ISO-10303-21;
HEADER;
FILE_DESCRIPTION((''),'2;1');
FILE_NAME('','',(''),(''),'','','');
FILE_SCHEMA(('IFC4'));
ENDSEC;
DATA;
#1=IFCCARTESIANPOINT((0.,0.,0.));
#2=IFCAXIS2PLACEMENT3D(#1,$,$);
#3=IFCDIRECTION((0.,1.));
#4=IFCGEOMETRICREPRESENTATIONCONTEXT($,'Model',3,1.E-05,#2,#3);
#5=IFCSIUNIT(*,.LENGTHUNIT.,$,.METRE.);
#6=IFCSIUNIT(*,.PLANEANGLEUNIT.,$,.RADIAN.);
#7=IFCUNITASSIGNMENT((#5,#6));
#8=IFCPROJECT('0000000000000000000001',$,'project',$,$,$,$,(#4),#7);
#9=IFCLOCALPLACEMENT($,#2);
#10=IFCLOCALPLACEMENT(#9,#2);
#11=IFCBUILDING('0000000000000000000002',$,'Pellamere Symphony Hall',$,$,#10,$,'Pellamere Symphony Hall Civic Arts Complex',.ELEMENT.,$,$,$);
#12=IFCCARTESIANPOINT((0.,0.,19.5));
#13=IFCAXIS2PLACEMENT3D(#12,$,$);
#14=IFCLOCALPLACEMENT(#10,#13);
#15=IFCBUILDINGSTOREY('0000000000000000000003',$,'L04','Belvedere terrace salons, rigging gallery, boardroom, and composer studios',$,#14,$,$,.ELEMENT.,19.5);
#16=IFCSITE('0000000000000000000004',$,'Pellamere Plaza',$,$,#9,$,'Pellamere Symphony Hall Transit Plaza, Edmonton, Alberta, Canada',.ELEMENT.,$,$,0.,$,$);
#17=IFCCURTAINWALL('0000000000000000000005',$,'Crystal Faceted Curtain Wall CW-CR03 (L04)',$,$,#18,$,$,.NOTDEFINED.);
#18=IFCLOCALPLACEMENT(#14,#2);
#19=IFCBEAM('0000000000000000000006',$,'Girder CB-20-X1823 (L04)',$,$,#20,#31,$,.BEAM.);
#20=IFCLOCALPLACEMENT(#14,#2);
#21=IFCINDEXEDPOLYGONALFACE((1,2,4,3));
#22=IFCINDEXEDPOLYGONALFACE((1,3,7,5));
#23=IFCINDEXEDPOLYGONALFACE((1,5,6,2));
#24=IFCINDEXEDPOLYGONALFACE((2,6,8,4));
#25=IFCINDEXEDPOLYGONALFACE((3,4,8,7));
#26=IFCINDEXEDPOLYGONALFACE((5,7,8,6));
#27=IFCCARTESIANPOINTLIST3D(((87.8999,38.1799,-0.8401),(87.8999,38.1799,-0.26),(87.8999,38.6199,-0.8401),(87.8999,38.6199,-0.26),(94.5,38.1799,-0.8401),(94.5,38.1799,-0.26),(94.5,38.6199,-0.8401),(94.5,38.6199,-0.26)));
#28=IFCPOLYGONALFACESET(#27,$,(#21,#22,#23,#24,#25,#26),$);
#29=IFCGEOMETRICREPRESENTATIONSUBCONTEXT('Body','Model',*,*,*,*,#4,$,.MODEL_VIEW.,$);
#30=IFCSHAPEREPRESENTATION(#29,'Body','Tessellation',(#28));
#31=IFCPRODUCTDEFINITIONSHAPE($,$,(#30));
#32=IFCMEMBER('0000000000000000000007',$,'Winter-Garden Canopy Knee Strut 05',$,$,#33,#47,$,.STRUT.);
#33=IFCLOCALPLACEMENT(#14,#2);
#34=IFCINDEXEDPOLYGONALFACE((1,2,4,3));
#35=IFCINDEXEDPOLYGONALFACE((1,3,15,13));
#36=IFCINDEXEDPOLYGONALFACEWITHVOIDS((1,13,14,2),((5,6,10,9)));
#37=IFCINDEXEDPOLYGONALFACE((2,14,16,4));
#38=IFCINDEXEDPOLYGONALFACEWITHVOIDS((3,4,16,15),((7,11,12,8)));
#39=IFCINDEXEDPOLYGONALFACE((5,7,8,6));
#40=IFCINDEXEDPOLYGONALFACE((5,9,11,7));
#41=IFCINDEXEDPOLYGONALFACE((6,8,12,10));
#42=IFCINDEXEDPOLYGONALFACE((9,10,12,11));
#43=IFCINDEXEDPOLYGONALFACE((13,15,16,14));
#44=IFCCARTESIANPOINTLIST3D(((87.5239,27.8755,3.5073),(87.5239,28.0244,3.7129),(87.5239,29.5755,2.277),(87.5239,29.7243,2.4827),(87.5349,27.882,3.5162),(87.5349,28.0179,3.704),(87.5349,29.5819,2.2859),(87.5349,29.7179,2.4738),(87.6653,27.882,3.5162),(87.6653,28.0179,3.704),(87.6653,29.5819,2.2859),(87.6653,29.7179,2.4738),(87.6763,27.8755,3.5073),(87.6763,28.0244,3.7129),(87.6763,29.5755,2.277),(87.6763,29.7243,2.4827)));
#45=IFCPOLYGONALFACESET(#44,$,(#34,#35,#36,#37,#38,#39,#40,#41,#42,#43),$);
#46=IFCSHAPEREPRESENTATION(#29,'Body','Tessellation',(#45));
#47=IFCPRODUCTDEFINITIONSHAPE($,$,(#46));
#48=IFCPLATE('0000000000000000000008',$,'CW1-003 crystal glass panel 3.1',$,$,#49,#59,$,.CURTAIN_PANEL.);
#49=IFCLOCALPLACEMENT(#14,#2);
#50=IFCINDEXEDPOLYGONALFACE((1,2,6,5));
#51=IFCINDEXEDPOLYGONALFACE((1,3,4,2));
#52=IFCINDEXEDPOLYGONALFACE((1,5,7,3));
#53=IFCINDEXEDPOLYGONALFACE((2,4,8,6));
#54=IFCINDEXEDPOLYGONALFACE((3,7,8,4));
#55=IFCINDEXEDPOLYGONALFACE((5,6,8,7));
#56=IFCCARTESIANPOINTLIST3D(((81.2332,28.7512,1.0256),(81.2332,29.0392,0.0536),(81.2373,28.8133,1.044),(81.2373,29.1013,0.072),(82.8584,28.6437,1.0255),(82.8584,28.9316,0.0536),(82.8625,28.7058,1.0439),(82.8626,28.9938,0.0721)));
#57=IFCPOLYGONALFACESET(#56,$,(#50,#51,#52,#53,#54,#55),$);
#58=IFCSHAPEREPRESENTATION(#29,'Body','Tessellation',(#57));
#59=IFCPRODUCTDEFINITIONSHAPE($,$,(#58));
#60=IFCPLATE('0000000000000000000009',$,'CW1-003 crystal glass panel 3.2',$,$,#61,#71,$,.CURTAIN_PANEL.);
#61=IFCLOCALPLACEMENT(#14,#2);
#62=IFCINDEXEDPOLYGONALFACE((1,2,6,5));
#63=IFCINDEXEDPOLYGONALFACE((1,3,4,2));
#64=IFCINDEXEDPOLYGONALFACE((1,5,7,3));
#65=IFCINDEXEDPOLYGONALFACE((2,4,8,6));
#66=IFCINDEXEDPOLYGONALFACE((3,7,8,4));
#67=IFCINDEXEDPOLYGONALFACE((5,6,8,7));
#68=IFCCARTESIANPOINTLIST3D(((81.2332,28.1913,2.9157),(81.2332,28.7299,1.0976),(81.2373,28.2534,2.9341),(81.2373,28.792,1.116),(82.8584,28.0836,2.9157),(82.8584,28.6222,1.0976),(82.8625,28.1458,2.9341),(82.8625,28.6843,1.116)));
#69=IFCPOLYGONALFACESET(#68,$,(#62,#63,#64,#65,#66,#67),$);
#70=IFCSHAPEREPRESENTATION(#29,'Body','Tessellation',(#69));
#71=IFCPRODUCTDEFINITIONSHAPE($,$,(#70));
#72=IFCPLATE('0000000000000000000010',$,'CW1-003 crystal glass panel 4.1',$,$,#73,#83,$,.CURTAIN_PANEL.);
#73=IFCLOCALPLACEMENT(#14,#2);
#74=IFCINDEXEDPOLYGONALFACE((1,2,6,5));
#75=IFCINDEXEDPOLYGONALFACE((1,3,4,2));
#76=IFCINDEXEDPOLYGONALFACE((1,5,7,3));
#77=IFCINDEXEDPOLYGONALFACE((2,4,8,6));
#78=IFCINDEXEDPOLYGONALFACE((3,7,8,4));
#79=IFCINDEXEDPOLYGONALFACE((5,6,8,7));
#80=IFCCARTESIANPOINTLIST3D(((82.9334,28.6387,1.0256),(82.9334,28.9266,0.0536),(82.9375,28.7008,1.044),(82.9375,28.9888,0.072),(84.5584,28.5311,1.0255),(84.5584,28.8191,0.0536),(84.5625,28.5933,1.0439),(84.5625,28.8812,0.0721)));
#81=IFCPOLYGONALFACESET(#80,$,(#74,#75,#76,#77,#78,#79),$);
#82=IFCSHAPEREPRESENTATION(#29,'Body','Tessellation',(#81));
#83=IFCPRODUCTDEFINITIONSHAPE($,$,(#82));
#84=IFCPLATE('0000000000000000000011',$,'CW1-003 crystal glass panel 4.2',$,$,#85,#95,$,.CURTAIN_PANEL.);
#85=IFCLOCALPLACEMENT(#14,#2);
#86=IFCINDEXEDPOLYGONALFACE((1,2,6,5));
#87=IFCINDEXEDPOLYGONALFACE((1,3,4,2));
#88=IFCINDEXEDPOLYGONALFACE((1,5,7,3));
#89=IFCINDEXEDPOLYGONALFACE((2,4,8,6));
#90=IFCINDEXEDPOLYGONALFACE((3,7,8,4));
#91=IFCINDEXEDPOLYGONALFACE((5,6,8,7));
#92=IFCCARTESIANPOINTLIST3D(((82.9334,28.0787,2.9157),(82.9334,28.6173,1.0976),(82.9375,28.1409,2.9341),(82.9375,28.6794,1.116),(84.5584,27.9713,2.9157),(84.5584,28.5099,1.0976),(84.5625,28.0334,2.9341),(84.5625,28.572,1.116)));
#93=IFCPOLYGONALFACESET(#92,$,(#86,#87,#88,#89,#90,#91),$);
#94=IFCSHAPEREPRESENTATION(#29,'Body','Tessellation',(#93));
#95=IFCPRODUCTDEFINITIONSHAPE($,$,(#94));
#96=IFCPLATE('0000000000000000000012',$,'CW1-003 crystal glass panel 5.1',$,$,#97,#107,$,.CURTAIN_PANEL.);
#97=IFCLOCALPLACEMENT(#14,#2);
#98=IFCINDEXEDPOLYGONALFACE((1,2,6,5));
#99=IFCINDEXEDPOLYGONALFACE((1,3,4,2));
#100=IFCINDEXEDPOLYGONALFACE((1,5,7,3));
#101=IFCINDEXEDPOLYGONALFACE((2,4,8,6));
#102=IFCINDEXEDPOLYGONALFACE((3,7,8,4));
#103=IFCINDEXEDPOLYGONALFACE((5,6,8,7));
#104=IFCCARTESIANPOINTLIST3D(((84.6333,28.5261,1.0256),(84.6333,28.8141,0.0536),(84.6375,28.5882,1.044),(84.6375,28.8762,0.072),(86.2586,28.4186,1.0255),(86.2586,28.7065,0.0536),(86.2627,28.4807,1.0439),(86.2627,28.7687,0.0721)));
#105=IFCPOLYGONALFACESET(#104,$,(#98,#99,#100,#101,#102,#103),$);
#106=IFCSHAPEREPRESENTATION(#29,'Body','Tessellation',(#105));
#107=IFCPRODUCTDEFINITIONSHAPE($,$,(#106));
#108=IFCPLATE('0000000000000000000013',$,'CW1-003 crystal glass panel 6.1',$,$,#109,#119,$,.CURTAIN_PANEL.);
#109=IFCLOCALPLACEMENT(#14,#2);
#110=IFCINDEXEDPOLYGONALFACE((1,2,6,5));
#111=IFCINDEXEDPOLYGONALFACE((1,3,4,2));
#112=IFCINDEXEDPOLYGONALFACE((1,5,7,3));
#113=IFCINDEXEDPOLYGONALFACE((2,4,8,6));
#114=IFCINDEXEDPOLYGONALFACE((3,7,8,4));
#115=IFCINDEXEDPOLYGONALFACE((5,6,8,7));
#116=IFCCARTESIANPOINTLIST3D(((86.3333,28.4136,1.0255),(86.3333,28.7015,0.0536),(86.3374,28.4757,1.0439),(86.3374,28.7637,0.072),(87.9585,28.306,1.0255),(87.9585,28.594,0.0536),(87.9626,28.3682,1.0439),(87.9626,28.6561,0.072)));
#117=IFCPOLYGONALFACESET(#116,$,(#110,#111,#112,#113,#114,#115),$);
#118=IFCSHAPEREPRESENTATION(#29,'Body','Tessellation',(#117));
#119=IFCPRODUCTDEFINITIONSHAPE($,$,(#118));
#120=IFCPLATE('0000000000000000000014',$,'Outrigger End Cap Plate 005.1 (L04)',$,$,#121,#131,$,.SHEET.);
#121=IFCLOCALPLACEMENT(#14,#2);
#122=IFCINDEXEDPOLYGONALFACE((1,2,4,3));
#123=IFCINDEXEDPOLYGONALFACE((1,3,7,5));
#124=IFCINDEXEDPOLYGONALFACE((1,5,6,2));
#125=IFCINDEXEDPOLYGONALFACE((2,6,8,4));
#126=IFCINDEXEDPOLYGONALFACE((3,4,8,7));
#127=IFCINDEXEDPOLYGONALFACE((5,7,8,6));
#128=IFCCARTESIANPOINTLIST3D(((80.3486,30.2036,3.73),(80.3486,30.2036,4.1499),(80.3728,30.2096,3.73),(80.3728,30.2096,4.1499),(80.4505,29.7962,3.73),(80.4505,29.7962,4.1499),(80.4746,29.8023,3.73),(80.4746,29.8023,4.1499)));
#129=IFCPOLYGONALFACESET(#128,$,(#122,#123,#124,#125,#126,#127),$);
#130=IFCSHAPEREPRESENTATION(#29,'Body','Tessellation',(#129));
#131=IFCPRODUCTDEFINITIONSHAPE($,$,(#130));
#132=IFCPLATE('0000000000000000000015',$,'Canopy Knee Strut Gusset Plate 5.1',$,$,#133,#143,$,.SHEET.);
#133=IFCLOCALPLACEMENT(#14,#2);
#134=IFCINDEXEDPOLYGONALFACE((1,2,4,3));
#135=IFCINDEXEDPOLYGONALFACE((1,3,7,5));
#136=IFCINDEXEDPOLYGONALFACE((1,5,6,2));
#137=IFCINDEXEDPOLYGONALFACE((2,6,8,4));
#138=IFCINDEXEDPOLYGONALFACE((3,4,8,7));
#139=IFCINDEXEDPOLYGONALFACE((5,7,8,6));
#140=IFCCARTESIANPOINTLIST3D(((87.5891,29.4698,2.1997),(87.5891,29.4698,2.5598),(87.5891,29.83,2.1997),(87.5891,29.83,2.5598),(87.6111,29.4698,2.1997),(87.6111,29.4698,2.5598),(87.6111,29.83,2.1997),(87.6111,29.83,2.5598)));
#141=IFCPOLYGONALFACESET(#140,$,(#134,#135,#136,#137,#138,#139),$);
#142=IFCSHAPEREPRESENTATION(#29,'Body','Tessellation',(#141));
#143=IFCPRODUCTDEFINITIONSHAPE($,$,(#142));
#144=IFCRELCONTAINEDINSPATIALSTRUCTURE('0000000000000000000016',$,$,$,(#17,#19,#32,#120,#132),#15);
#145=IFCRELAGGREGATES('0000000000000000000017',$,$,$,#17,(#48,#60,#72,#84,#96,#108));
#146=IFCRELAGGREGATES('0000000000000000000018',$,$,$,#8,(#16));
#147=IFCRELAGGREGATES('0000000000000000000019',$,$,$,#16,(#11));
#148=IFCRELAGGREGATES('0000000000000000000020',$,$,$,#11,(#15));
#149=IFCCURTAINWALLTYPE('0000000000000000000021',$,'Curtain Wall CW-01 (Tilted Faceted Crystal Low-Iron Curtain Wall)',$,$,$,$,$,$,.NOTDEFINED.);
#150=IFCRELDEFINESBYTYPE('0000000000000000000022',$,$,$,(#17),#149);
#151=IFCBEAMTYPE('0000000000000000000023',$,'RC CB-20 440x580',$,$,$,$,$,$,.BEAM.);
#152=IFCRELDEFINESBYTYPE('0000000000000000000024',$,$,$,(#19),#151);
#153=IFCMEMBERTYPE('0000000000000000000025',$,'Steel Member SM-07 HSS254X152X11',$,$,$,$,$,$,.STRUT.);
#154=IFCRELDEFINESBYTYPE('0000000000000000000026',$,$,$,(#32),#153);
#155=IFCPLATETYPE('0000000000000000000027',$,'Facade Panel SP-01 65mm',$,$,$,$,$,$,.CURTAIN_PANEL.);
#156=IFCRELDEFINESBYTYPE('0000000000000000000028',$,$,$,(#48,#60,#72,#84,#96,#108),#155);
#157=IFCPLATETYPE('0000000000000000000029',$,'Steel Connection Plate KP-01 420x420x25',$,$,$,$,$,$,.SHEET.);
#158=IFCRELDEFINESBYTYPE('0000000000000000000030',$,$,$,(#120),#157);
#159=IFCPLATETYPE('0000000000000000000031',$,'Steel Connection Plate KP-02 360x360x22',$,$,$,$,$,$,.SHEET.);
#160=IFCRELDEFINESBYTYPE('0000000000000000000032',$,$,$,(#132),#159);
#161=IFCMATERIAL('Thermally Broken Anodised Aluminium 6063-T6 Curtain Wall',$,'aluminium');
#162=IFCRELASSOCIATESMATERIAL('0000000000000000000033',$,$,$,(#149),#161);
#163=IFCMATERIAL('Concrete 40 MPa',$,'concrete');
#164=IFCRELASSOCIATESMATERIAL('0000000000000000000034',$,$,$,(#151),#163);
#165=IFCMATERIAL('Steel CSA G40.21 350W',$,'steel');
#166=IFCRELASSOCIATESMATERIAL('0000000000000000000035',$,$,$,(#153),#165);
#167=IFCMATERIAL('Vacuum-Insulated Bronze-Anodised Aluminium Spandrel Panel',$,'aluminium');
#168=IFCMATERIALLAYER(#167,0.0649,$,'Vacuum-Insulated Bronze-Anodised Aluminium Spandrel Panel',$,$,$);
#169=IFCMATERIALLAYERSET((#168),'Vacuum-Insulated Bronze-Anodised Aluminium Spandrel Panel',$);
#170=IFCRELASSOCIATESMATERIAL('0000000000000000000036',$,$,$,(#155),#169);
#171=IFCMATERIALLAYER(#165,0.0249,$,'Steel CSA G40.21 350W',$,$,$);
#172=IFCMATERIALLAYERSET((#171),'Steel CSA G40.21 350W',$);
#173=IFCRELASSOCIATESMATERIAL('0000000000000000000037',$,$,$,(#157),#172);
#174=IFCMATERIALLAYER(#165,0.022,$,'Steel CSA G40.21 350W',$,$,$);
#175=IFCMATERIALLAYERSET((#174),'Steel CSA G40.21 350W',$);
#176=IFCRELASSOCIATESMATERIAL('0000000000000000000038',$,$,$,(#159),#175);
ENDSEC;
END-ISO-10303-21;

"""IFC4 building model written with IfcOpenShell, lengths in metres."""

from ifc_helpers import new_model, si_unit, direction, frame, origin, origin_2d, place, context, subcontext, project, spatial, polyline, rectangle, hollow_rectangle, outline, extrude, material, layer, layer_set, material_profile, profile_set, type_object, element, aggregate, save


model = new_model("IFC4")

# Units and contexts
model_context = context("Model", 3, precision=1e-05, world=origin(), true_north=direction((0.0, 1.0)))
body_context = subcontext(model_context, "Body", "Model", "MODEL_VIEW")
ifc_project = project(units=[si_unit("LENGTHUNIT", "METRE"), si_unit("PLANEANGLEUNIT", "RADIAN")], contexts=[model_context])

# Site, building, storey
site_placement = place(None, origin())
site = spatial("IfcSite", under=ifc_project, at=site_placement, Name="Pellamere Plaza", LongName="Pellamere Symphony Hall Transit Plaza, Edmonton, Alberta, Canada", CompositionType="ELEMENT", RefElevation=0.0)
building_placement = place(site_placement, origin())
building = spatial("IfcBuilding", under=site, at=building_placement, Name="Pellamere Symphony Hall", LongName="Pellamere Symphony Hall Civic Arts Complex", CompositionType="ELEMENT")
storey_placement = place(building_placement, frame((0.0, 0.0, 19.5)))
storey = spatial("IfcBuildingStorey", under=building, at=storey_placement, Name="L04", Description="Belvedere terrace salons, rigging gallery, boardroom, and composer studios", CompositionType="ELEMENT", Elevation=19.5)

# Shared definitions
ifc_material_1 = material(Name="Concrete 40 MPa", Category="concrete")

# Curtain wall
ifc_material_2 = material(Name="Thermally Broken Anodised Aluminium 6063-T6 Curtain Wall", Category="aluminium")
curtain_wall_type = type_object("IfcCurtainWallType", Name="Curtain Wall CW-01 (Tilted Faceted Crystal Low-Iron Curtain Wall)", PredefinedType="NOTDEFINED", material=ifc_material_2)
curtain_wall_placement = place(storey_placement, origin())
curtain_wall = element("IfcCurtainWall", 1, at=curtain_wall_placement, inside=storey, type_object=curtain_wall_type, Name="Crystal Faceted Curtain Wall CW-CR03 (L04)", PredefinedType="NOTDEFINED")

# Beam
ifc_material_profile_1 = material_profile(ifc_material_1, rectangle(XDim=0.4399, YDim=0.5801, at=origin_2d()), Name="RC 440x580")
ifc_profile_set_1 = profile_set([ifc_material_profile_1], Name="Concrete 40 MPa")
beam_type_1 = type_object("IfcBeamType", Name="RC CB-20 440x580", PredefinedType="BEAM", material=ifc_profile_set_1)
for number, where, z_axis, x_axis, name in (
    (2, (87.8999, 38.3999, -0.55), (1.0, 0.0, 0.0), (0.0, 1.0, 0.0), "Girder CB-20-X1823 (L04)"),
):
    element("IfcBeam", number, at=place(storey_placement, frame(where, z_axis=z_axis, x_axis=x_axis)), inside=storey, type_object=beam_type_1, Name=name, PredefinedType="BEAM", context=body_context, shape_type="SweptSolid", body=[
        extrude(rectangle(XDim=0.4399, YDim=0.5801, at=origin_2d()), origin(), (0.0, 0.0, 1.0), 6.6001),
    ])

# Member
ifc_material_3 = material(Name="Steel CSA G40.21 350W", Category="steel")
ifc_material_profile_2 = material_profile(ifc_material_3, hollow_rectangle(XDim=0.1523, YDim=0.2539, WallThickness=0.011, at=origin_2d()), Name="HSS254X152X11")
ifc_profile_set_2 = profile_set([ifc_material_profile_2], Name="Steel CSA G40.21 350W")
member_type_1 = type_object("IfcMemberType", Name="Steel Member SM-07 HSS254X152X11", PredefinedType="STRUT", material=ifc_profile_set_2)
member_1_placement = place(storey_placement, frame((87.6001, 29.6499, 2.3799), z_axis=(0.0, -0.810117, 0.586268), x_axis=(1.0, 0.0, 0.0)))
element("IfcMember", 3, at=member_1_placement, inside=storey, type_object=member_type_1, Name="Winter-Garden Canopy Knee Strut 05", PredefinedType="STRUT", context=body_context, shape_type="SweptSolid", body=[
    extrude(hollow_rectangle(XDim=0.1523, YDim=0.2539, WallThickness=0.011, at=origin_2d()), origin(), (0.0, 0.0, 1.0), 2.0984),
])

# Plates
ifc_material_4 = material(Name="Vacuum-Insulated Bronze-Anodised Aluminium Spandrel Panel", Category="aluminium")
ifc_layer_1 = layer(ifc_material_4, 0.0649, Name="Vacuum-Insulated Bronze-Anodised Aluminium Spandrel Panel")
ifc_layer_set_1 = layer_set([ifc_layer_1], Name="Vacuum-Insulated Bronze-Anodised Aluminium Spandrel Panel")
plate_type_1 = type_object("IfcPlateType", Name="Facade Panel SP-01 65mm", PredefinedType="CURTAIN_PANEL", material=ifc_layer_set_1)
plate_1_placement = place(storey_placement, frame((81.2373, 29.1013, 0.072), z_axis=(0.063318, 0.956878, 0.283506), x_axis=(0.997817, -0.066033, 0.00002)))
plate_1 = element("IfcPlate", 4, at=plate_1_placement, type_object=plate_type_1, Name="CW1-003 crystal glass panel 3.1", PredefinedType="CURTAIN_PANEL", context=body_context, shape_type="SweptSolid", body=[
    extrude(outline(polyline([(0.0, 0.0), (1.6288, 0.0), (1.6478, -1.0135), (0.019, -1.0135), (0.0, 0.0)])), origin(), (0.0, 0.0, -1.0), 0.0649),
])
plate_2_placement = place(storey_placement, frame((81.2373, 28.792, 1.116), z_axis=(0.06339, 0.956888, 0.283456), x_axis=(0.997813, -0.066101, 0.0)))
plate_2 = element("IfcPlate", 5, at=plate_2_placement, type_object=plate_type_1, Name="CW1-003 crystal glass panel 3.2", PredefinedType="CURTAIN_PANEL", context=body_context, shape_type="SweptSolid", body=[
    extrude(outline(polyline([(0.0, 0.0), (1.6288, 0.0), (1.6644, -1.8959), (0.0356, -1.8959), (0.0, 0.0)])), origin(), (0.0, 0.0, -1.0), 0.0649),
])
plate_3_placement = place(storey_placement, frame((82.9375, 28.9888, 0.072), z_axis=(0.063327, 0.956877, 0.283506), x_axis=(0.997817, -0.066042, 0.00002)))
plate_3 = element("IfcPlate", 6, at=plate_3_placement, type_object=plate_type_1, Name="CW1-003 crystal glass panel 4.1", PredefinedType="CURTAIN_PANEL", context=body_context, shape_type="SweptSolid", body=[
    extrude(outline(polyline([(0.0, 0.0), (1.6286, 0.0), (1.6476, -1.0135), (0.019, -1.0135), (0.0, 0.0)])), origin(), (0.0, 0.0, -1.0), 0.0649),
])
plate_4_placement = place(storey_placement, frame((82.9375, 28.6794, 1.116), z_axis=(0.063256, 0.956896, 0.283458), x_axis=(0.997822, -0.065962, 0.0)))
plate_4 = element("IfcPlate", 7, at=plate_4_placement, type_object=plate_type_1, Name="CW1-003 crystal glass panel 4.2", PredefinedType="CURTAIN_PANEL", context=body_context, shape_type="SweptSolid", body=[
    extrude(outline(polyline([(0.0, 0.0), (1.6285, 0.0), (1.6641, -1.8959), (0.0355, -1.8959), (0.0, 0.0)])), origin(), (0.0, 0.0, -1.0), 0.0649),
])
plate_5_placement = place(storey_placement, frame((84.6375, 28.8762, 0.072), z_axis=(0.063318, 0.956878, 0.283506), x_axis=(0.997817, -0.066033, 0.00002)))
plate_5 = element("IfcPlate", 8, at=plate_5_placement, type_object=plate_type_1, Name="CW1-003 crystal glass panel 5.1", PredefinedType="CURTAIN_PANEL", context=body_context, shape_type="SweptSolid", body=[
    extrude(outline(polyline([(0.0, 0.0), (1.6288, 0.0), (1.6478, -1.0135), (0.019, -1.0135), (0.0, 0.0)])), origin(), (0.0, 0.0, -1.0), 0.0649),
])
plate_6_placement = place(storey_placement, frame((86.3374, 28.7637, 0.072), z_axis=(0.063318, 0.956878, 0.283506), x_axis=(0.997818, -0.066021, -0.00002)))
plate_6 = element("IfcPlate", 9, at=plate_6_placement, type_object=plate_type_1, Name="CW1-003 crystal glass panel 6.1", PredefinedType="CURTAIN_PANEL", context=body_context, shape_type="SweptSolid", body=[
    extrude(outline(polyline([(0.0, 0.0), (1.6288, 0.0), (1.6478, -1.0135), (0.019, -1.0135), (0.0, 0.0)])), origin(), (0.0, 0.0, -1.0), 0.0649),
])
aggregate(curtain_wall, [plate_1, plate_2, plate_3, plate_4, plate_5, plate_6])

# Plates
ifc_layer_2 = layer(ifc_material_3, 0.0249, Name="Steel CSA G40.21 350W")
ifc_layer_set_2 = layer_set([ifc_layer_2], Name="Steel CSA G40.21 350W")
plate_type_2 = type_object("IfcPlateType", Name="Steel Connection Plate KP-01 420x420x25", PredefinedType="SHEET", material=ifc_layer_set_2)
plate_7_placement = place(storey_placement, frame((80.4116, 30.0029, 3.73), z_axis=(0.0, 0.0, 1.0), x_axis=(-0.970127, -0.242599, 0.0)))
element("IfcPlate", 10, at=plate_7_placement, inside=storey, type_object=plate_type_2, Name="Outrigger End Cap Plate 005.1 (L04)", PredefinedType="SHEET", context=body_context, shape_type="SweptSolid", body=[
    extrude(rectangle(XDim=0.0249, YDim=0.4199, at=origin_2d()), origin(), (0.0, 0.0, 1.0), 0.4199),
])
ifc_layer_3 = layer(ifc_material_3, 0.022, Name="Steel CSA G40.21 350W")
ifc_layer_set_3 = layer_set([ifc_layer_3], Name="Steel CSA G40.21 350W")
plate_type_3 = type_object("IfcPlateType", Name="Steel Connection Plate KP-02 360x360x22", PredefinedType="SHEET", material=ifc_layer_set_3)
plate_8_placement = place(storey_placement, frame((87.6001, 29.6499, 2.1997), z_axis=(0.0, 0.0, 1.0), x_axis=(1.0, 0.0, 0.0)))
element("IfcPlate", 11, at=plate_8_placement, inside=storey, type_object=plate_type_3, Name="Canopy Knee Strut Gusset Plate 5.1", PredefinedType="SHEET", context=body_context, shape_type="SweptSolid", body=[
    extrude(rectangle(XDim=0.022, YDim=0.3601, at=origin_2d()), origin(), (0.0, 0.0, 1.0), 0.3601),
])

save(model, "model.ifc")
